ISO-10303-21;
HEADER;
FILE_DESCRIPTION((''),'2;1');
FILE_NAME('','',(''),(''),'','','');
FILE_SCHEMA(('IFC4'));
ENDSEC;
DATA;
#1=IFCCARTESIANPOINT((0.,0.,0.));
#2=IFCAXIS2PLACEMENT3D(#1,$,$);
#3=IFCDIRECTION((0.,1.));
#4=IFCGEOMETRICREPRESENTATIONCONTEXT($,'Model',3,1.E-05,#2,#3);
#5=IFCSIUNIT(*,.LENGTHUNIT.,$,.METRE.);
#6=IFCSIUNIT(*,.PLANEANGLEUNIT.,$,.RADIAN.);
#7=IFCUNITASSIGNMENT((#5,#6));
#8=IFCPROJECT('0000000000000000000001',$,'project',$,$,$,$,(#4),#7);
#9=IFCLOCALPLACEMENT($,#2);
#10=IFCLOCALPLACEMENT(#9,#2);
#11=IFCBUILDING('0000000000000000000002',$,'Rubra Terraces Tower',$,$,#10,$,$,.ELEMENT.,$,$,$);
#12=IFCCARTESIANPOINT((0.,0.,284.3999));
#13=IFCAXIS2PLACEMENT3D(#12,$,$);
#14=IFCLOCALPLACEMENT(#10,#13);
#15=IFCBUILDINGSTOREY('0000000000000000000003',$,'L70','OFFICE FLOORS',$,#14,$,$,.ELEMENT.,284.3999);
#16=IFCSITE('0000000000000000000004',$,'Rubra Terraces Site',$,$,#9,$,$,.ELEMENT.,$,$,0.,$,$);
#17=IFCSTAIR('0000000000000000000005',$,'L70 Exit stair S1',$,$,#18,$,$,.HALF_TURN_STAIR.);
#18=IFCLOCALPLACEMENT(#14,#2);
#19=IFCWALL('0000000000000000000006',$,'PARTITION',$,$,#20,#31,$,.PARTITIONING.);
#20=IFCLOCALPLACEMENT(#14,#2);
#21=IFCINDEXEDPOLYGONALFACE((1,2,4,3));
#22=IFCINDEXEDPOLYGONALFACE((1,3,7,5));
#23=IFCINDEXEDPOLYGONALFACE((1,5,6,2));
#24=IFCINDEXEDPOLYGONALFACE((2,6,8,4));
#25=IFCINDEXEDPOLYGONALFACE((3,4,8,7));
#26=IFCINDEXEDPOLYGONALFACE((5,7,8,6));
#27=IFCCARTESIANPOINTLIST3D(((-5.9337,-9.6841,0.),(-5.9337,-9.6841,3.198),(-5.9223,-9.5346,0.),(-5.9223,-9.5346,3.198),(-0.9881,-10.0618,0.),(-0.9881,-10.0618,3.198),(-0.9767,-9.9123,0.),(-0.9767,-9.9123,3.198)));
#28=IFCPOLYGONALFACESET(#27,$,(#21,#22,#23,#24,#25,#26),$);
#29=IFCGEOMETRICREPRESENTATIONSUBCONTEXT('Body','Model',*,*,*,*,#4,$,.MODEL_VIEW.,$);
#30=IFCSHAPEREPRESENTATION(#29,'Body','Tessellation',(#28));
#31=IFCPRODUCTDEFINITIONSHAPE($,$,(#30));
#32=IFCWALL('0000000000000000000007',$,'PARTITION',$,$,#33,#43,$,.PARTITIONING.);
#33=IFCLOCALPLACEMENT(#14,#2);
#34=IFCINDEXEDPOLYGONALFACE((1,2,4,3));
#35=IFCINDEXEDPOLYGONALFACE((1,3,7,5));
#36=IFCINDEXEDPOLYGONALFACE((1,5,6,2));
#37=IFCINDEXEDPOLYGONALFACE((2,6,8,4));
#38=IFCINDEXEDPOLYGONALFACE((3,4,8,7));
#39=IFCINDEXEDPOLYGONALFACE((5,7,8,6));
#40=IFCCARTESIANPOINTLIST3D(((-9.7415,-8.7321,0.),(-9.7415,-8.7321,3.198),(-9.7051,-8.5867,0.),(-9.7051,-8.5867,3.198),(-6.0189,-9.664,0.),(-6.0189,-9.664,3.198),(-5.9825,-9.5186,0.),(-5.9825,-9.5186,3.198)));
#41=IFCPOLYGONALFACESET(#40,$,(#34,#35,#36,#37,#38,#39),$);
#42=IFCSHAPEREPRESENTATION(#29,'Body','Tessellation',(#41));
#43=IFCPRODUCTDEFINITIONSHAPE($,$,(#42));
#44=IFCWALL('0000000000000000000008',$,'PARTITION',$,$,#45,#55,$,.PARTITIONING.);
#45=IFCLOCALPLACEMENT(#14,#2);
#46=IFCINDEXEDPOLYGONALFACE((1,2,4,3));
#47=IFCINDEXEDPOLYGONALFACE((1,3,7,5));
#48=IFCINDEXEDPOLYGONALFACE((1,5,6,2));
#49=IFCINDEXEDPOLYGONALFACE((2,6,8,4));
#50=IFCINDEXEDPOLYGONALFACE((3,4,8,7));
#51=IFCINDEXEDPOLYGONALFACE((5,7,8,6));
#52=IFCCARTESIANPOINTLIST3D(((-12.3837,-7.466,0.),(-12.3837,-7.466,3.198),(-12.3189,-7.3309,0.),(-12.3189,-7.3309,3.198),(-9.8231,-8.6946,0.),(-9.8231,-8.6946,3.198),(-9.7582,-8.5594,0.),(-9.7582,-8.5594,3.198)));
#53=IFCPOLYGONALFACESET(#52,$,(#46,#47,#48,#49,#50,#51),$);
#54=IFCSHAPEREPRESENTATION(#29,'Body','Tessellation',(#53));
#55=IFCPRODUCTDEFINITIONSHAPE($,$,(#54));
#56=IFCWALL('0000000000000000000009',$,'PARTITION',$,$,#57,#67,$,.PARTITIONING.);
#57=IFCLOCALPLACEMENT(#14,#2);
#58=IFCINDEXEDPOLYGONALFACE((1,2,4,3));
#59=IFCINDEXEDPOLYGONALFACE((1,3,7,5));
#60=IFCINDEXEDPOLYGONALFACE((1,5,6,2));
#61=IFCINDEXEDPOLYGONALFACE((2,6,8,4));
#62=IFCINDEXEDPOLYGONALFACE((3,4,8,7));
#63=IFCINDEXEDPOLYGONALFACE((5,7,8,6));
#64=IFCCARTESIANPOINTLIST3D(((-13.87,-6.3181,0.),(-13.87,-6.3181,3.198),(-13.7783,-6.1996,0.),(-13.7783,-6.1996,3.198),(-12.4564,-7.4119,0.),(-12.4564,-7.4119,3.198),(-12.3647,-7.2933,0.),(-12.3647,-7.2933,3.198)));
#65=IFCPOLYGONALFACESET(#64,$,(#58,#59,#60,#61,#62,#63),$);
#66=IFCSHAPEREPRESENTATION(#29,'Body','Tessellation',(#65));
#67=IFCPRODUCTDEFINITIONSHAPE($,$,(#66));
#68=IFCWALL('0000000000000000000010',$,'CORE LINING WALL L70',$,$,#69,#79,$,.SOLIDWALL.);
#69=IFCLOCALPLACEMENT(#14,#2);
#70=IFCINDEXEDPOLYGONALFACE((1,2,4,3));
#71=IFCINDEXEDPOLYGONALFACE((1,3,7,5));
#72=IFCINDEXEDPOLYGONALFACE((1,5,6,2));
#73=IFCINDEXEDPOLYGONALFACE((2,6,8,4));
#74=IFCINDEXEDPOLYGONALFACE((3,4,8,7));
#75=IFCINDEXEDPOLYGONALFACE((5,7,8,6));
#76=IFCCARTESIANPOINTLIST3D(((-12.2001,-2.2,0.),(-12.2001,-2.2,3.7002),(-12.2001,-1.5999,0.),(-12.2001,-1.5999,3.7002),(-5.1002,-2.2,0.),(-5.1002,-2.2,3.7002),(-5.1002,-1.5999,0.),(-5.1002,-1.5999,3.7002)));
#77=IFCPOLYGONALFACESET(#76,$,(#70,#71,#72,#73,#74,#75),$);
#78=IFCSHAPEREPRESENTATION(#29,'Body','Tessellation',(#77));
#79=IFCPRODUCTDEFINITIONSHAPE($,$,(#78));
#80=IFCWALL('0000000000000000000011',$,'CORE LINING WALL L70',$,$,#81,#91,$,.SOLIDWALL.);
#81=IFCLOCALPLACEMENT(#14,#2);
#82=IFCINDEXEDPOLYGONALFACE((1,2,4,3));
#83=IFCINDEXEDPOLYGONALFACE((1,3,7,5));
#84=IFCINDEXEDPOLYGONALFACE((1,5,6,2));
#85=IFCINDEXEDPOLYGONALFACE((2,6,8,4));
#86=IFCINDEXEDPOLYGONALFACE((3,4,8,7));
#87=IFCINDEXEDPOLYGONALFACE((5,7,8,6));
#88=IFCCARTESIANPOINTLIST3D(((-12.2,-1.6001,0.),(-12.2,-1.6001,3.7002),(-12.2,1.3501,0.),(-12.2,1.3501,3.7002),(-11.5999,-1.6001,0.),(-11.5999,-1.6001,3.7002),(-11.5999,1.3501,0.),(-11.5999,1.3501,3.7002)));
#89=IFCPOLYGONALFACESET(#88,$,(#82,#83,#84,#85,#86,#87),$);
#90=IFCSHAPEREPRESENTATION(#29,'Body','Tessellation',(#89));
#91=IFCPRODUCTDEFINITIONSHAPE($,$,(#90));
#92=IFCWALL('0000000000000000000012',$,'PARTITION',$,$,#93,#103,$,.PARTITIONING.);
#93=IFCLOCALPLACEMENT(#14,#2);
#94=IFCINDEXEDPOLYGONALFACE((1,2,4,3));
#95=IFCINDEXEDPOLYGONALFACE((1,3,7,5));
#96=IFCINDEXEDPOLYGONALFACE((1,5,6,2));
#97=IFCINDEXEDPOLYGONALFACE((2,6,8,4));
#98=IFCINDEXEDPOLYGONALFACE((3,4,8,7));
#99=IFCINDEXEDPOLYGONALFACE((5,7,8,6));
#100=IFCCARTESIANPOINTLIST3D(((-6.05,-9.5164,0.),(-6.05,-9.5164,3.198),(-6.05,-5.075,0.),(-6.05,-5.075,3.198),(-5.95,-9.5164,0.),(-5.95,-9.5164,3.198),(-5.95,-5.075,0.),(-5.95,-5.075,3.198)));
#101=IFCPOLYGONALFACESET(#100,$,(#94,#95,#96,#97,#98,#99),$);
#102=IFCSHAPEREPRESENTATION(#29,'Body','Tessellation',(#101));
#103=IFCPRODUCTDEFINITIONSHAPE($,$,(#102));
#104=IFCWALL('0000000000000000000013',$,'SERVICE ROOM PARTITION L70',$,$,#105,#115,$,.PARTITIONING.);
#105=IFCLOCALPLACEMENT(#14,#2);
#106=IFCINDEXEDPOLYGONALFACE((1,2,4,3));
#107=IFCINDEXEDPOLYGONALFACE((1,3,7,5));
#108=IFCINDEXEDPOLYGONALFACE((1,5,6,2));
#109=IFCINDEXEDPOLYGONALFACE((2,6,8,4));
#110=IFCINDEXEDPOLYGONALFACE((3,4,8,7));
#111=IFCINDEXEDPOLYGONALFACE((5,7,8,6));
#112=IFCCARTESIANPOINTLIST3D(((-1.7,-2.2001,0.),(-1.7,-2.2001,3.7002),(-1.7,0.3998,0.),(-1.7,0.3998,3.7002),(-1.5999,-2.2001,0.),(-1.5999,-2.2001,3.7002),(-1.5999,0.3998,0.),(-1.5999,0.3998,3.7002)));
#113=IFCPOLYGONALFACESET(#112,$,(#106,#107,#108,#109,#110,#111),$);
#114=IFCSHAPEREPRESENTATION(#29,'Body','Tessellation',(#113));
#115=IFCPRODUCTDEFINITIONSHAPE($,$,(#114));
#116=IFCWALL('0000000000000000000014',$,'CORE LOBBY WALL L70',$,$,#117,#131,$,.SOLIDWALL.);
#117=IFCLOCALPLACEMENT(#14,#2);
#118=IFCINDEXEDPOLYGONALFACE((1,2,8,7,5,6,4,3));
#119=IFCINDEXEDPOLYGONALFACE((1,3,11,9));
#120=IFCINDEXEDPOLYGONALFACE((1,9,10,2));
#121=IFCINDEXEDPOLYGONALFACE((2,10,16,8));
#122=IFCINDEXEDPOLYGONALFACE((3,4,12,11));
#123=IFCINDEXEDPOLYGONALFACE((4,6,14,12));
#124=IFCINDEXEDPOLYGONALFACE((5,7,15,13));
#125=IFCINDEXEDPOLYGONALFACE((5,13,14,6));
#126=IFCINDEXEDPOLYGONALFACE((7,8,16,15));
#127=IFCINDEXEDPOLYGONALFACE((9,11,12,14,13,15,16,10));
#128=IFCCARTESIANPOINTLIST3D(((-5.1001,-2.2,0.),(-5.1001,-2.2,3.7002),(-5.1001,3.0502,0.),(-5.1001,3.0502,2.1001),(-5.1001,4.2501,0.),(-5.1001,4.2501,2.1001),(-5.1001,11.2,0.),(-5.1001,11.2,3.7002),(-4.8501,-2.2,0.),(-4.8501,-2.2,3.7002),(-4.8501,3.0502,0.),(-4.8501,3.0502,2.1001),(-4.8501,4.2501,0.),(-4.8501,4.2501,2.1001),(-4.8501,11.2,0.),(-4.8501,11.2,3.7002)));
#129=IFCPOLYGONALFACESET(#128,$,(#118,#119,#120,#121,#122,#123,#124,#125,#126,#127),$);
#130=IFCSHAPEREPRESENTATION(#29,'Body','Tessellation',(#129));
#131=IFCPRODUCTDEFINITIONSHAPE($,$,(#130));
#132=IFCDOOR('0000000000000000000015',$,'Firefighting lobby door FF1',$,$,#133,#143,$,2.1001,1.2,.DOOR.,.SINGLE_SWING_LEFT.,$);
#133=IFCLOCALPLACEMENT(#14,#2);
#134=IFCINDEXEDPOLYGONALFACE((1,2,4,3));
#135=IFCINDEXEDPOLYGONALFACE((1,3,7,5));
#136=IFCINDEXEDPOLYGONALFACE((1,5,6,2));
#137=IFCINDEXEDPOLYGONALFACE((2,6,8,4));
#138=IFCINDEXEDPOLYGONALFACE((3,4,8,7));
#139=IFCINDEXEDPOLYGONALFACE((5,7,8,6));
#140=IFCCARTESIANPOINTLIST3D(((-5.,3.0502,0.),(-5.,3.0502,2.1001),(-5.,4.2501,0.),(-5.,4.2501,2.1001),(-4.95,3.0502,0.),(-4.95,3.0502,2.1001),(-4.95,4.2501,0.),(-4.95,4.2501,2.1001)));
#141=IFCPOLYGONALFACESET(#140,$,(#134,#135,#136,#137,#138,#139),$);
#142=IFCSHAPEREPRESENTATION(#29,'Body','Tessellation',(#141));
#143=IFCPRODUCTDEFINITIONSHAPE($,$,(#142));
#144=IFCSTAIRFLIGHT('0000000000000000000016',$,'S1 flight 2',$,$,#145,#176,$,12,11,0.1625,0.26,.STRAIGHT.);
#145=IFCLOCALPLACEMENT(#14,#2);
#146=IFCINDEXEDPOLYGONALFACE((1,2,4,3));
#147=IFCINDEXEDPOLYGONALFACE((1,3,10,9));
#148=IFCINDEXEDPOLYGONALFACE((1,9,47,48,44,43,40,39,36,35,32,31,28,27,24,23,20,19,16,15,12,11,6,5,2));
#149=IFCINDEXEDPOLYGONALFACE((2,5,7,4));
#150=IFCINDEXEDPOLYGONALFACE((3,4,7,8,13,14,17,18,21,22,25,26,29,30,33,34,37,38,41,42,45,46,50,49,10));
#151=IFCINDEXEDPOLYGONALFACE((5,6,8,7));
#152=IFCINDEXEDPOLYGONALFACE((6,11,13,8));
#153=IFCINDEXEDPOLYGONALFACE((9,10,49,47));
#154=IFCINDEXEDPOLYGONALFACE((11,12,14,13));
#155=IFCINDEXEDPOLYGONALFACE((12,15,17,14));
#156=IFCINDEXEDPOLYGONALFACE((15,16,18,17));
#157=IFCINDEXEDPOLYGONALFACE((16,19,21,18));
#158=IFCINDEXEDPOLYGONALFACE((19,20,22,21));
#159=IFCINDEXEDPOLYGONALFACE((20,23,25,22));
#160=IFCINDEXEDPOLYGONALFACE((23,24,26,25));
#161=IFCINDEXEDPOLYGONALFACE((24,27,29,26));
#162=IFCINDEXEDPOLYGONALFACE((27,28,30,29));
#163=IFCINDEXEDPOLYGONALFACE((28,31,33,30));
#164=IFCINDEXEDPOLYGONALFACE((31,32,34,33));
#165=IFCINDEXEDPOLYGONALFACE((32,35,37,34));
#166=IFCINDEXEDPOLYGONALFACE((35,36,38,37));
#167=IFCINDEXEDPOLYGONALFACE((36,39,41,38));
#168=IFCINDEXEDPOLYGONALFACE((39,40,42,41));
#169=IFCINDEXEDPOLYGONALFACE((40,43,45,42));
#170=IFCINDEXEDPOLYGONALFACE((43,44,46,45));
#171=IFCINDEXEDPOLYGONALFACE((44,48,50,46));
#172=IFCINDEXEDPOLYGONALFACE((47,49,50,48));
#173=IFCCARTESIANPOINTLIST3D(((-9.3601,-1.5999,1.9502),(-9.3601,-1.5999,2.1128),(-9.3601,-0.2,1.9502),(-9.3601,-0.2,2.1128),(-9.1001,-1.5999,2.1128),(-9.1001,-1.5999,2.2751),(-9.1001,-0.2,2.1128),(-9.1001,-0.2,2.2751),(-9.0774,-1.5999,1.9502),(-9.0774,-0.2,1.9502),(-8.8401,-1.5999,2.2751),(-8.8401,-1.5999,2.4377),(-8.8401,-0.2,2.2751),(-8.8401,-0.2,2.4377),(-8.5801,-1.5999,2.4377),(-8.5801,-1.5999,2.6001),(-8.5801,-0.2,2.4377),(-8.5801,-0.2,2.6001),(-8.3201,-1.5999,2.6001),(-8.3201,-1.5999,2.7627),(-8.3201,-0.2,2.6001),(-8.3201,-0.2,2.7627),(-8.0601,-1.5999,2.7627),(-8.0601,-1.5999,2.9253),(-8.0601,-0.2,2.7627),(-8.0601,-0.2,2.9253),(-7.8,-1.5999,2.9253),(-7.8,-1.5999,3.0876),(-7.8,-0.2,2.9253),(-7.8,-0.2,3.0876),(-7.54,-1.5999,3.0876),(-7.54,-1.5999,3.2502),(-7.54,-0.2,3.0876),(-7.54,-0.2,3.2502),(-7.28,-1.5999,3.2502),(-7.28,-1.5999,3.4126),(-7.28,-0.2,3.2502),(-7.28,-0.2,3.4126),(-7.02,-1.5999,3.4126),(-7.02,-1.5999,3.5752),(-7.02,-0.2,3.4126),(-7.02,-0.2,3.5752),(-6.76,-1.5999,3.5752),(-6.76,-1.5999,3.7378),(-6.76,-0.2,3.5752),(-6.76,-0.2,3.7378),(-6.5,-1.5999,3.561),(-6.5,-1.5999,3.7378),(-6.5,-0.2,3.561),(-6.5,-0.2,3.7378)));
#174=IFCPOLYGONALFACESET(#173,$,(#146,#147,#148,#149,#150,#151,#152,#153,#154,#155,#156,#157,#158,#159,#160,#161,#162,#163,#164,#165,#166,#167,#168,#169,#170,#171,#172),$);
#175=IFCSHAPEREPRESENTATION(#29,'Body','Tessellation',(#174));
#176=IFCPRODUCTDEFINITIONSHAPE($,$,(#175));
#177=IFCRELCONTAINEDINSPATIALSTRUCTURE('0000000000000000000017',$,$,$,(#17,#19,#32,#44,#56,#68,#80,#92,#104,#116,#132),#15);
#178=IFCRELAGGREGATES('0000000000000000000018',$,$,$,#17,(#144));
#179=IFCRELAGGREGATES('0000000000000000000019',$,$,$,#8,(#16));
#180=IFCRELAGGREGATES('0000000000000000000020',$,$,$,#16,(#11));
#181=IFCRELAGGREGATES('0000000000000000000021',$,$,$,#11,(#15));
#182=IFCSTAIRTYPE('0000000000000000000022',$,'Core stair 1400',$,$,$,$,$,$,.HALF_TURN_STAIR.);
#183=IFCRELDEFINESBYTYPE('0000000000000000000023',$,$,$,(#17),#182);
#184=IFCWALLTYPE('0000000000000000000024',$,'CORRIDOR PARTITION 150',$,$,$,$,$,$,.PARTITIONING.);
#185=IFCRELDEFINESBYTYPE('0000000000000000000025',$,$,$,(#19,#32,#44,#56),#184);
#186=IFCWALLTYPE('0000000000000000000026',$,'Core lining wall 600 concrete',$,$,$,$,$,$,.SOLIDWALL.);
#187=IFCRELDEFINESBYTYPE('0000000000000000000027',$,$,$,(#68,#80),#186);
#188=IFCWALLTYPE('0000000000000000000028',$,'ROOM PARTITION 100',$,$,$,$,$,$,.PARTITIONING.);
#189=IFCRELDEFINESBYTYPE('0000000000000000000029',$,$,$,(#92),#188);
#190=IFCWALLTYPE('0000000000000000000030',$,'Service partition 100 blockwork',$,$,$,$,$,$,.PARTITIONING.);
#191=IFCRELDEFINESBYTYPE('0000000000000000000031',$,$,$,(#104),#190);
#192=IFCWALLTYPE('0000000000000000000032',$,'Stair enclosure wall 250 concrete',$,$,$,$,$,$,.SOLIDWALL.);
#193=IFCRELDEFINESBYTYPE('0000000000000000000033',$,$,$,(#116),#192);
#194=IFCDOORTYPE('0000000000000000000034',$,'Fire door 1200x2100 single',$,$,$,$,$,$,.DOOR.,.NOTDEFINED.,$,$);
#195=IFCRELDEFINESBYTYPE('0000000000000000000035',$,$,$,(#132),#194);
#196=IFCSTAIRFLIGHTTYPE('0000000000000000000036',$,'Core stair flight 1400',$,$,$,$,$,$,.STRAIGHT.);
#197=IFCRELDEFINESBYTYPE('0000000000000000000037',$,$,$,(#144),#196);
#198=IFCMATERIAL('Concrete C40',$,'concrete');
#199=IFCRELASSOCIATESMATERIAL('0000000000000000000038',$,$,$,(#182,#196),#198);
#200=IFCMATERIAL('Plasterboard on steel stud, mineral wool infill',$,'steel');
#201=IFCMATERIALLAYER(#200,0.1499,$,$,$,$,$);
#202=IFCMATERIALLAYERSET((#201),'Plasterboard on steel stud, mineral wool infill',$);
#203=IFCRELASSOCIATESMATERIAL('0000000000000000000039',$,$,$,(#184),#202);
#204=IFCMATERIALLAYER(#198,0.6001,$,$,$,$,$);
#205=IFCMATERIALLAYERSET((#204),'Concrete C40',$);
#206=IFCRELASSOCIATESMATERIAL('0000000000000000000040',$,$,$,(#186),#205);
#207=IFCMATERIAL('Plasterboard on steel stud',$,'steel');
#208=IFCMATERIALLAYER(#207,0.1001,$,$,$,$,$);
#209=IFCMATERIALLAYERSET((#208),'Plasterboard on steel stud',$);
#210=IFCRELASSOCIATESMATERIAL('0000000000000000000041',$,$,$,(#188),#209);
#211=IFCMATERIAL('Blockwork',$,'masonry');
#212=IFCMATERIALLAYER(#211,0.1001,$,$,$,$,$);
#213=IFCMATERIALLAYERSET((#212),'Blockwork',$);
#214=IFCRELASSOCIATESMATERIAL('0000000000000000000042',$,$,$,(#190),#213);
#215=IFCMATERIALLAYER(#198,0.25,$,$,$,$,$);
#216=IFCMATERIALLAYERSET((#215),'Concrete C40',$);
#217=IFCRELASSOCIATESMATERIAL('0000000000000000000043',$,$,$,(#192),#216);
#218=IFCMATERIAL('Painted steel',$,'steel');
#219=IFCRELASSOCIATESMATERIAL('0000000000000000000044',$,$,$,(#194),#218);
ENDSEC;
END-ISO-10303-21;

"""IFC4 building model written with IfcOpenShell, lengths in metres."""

from ifc_helpers import new_model, si_unit, direction, frame, frame_2d, origin, place, context, subcontext, project, spatial, polyline, rectangle, outline, extrude, material, layer, layer_set, type_object, element, fill, aggregate, save


model = new_model("IFC4")

# Units and contexts
model_context = context("Model", 3, precision=1e-05, world=origin(), true_north=direction((0.0, 1.0)))
body_context = subcontext(model_context, "Body", "Model", "MODEL_VIEW")
ifc_project = project(units=[si_unit("LENGTHUNIT", "METRE"), si_unit("PLANEANGLEUNIT", "RADIAN")], contexts=[model_context])

# Site, building, storey
site_placement = place(None, origin())
site = spatial("IfcSite", under=ifc_project, at=site_placement, Name="Rubra Terraces Site", CompositionType="ELEMENT", RefElevation=0.0)
building_placement = place(site_placement, origin())
building = spatial("IfcBuilding", under=site, at=building_placement, Name="Rubra Terraces Tower", CompositionType="ELEMENT")
storey_placement = place(building_placement, frame((0.0, 0.0, 284.3999)))
storey = spatial("IfcBuildingStorey", under=building, at=storey_placement, Name="L70", Description="OFFICE FLOORS", CompositionType="ELEMENT", Elevation=284.3999)

# Shared definitions
ifc_material_1 = material(Name="Concrete C40", Category="concrete")

# Stair
stair_type = type_object("IfcStairType", Name="Core stair 1400", PredefinedType="HALF_TURN_STAIR", material=ifc_material_1)
stair_1_placement = place(storey_placement, origin())
stair_1 = element("IfcStair", 1, at=stair_1_placement, inside=storey, type_object=stair_type, Name="L70 Exit stair S1", PredefinedType="HALF_TURN_STAIR")

# Walls
ifc_material_2 = material(Name="Plasterboard on steel stud, mineral wool infill", Category="steel")
ifc_layer_1 = layer(ifc_material_2, 0.1499)
ifc_layer_set_1 = layer_set([ifc_layer_1], Name="Plasterboard on steel stud, mineral wool infill")
wall_type_1 = type_object("IfcWallType", Name="CORRIDOR PARTITION 150", PredefinedType="PARTITIONING", material=ifc_layer_set_1)
wall_1_placement = place(storey_placement, frame((-0.9824, -9.9871, 0.0), z_axis=(0.0, 0.0, 1.0), x_axis=(-0.997097, 0.076147, 0.0)))
element("IfcWall", 2, at=wall_1_placement, inside=storey, type_object=wall_type_1, Name="PARTITION", PredefinedType="PARTITIONING", context=body_context, shape_type="SweptSolid", body=[
    extrude(rectangle(XDim=4.96, YDim=0.1499, at=frame_2d((2.48, 0.0))), origin(), (0.0, 0.0, 1.0), 3.198),
])
wall_2_placement = place(storey_placement, frame((-6.0007, -9.5913, 0.0), z_axis=(0.0, 0.0, 1.0), x_axis=(-0.970064, 0.24285, 0.0)))
element("IfcWall", 3, at=wall_2_placement, inside=storey, type_object=wall_type_1, Name="PARTITION", PredefinedType="PARTITIONING", context=body_context, shape_type="SweptSolid", body=[
    extrude(rectangle(XDim=3.8374, YDim=0.1499, at=frame_2d((1.9187, 0.0))), origin(), (0.0, 0.0, 1.0), 3.198),
])
wall_3_placement = place(storey_placement, frame((-9.7908, -8.627, 0.0), z_axis=(0.0, 0.0, 1.0), x_axis=(-0.901598, 0.432575, 0.0)))
element("IfcWall", 4, at=wall_3_placement, inside=storey, type_object=wall_type_1, Name="PARTITION", PredefinedType="PARTITIONING", context=body_context, shape_type="SweptSolid", body=[
    extrude(rectangle(XDim=2.8401, YDim=0.1499, at=frame_2d((1.4199, 0.0))), origin(), (0.0, 0.0, 1.0), 3.198),
])
wall_4_placement = place(storey_placement, frame((-12.4106, -7.3525, 0.0), z_axis=(0.0, 0.0, 1.0), x_axis=(-0.790894, 0.611953, 0.0)))
element("IfcWall", 5, at=wall_4_placement, inside=storey, type_object=wall_type_1, Name="PARTITION", PredefinedType="PARTITIONING", context=body_context, shape_type="SweptSolid", body=[
    extrude(rectangle(XDim=1.7874, YDim=0.1499, at=frame_2d((0.8936, 0.0))), origin(), (0.0, 0.0, 1.0), 3.198),
])
ifc_layer_2 = layer(ifc_material_1, 0.6001)
ifc_layer_set_2 = layer_set([ifc_layer_2], Name="Concrete C40")
wall_type_2 = type_object("IfcWallType", Name="Core lining wall 600 concrete", PredefinedType="SOLIDWALL", material=ifc_layer_set_2)
wall_5_placement = place(storey_placement, frame((-12.2, -1.8999, 0.0), z_axis=(0.0, 0.0, 1.0), x_axis=(1.0, 0.0, 0.0)))
element("IfcWall", 6, at=wall_5_placement, inside=storey, type_object=wall_type_2, Name="CORE LINING WALL L70", PredefinedType="SOLIDWALL", context=body_context, shape_type="SweptSolid", body=[
    extrude(rectangle(XDim=7.0999, YDim=0.6001, at=frame_2d((3.5498, 0.0))), origin(), (0.0, 0.0, 1.0), 3.7002),
])
wall_6_placement = place(storey_placement, frame((-11.8999, -1.6001, 0.0), z_axis=(0.0, 0.0, 1.0), x_axis=(0.0, 1.0, 0.0)))
element("IfcWall", 7, at=wall_6_placement, inside=storey, type_object=wall_type_2, Name="CORE LINING WALL L70", PredefinedType="SOLIDWALL", context=body_context, shape_type="SweptSolid", body=[
    extrude(rectangle(XDim=2.9502, YDim=0.6001, at=frame_2d((1.4751, 0.0))), origin(), (0.0, 0.0, 1.0), 3.7002),
])
ifc_material_3 = material(Name="Plasterboard on steel stud", Category="steel")
ifc_layer_3 = layer(ifc_material_3, 0.1001)
ifc_layer_set_3 = layer_set([ifc_layer_3], Name="Plasterboard on steel stud")
wall_type_3 = type_object("IfcWallType", Name="ROOM PARTITION 100", PredefinedType="PARTITIONING", material=ifc_layer_set_3)
wall_7_placement = place(storey_placement, frame((-6.0, -9.5164, 0.0), z_axis=(0.0, 0.0, 1.0), x_axis=(0.0, 1.0, 0.0)))
element("IfcWall", 8, at=wall_7_placement, inside=storey, type_object=wall_type_3, Name="PARTITION", PredefinedType="PARTITIONING", context=body_context, shape_type="SweptSolid", body=[
    extrude(rectangle(XDim=4.4414, YDim=0.1001, at=frame_2d((2.2207, 0.0))), origin(), (0.0, 0.0, 1.0), 3.198),
])
ifc_material_4 = material(Name="Blockwork", Category="masonry")
ifc_layer_4 = layer(ifc_material_4, 0.1001)
ifc_layer_set_4 = layer_set([ifc_layer_4], Name="Blockwork")
wall_type_4 = type_object("IfcWallType", Name="Service partition 100 blockwork", PredefinedType="PARTITIONING", material=ifc_layer_set_4)
wall_8_placement = place(storey_placement, frame((-1.6499, -2.2, 0.0), z_axis=(0.0, 0.0, 1.0), x_axis=(0.0, 1.0, 0.0)))
element("IfcWall", 9, at=wall_8_placement, inside=storey, type_object=wall_type_4, Name="SERVICE ROOM PARTITION L70", PredefinedType="PARTITIONING", context=body_context, shape_type="SweptSolid", body=[
    extrude(rectangle(XDim=2.5999, YDim=0.1001, at=frame_2d((1.2998, 0.0))), origin(), (0.0, 0.0, 1.0), 3.7002),
])

# Wall, opening, door
ifc_layer_5 = layer(ifc_material_1, 0.25)
ifc_layer_set_5 = layer_set([ifc_layer_5], Name="Concrete C40")
wall_type_5 = type_object("IfcWallType", Name="Stair enclosure wall 250 concrete", PredefinedType="SOLIDWALL", material=ifc_layer_set_5)
wall_9_placement = place(storey_placement, frame((-4.9751, -2.2, 0.0), z_axis=(0.0, 0.0, 1.0), x_axis=(0.0, 1.0, 0.0)))
wall_9 = element("IfcWall", 10, at=wall_9_placement, inside=storey, type_object=wall_type_5, Name="CORE LOBBY WALL L70", PredefinedType="SOLIDWALL", context=body_context, shape_type="SweptSolid", body=[
    extrude(rectangle(XDim=13.3999, YDim=0.25, at=frame_2d((6.7, 0.0))), origin(), (0.0, 0.0, 1.0), 3.7002),
])
opening_placement = place(wall_9_placement, frame((5.25, 0.0, 0.0)))
opening = element("IfcOpeningElement", 11, at=opening_placement, cuts=wall_9, PredefinedType="OPENING", context=body_context, shape_type="SweptSolid", body=[
    extrude(rectangle(XDim=1.2, YDim=2.1001, at=frame_2d((0.6001, 1.05))), frame((0.0, 0.135, 0.0), z_axis=(0.0, -1.0, 0.0), x_axis=(1.0, 0.0, 0.0)), (0.0, 0.0, 1.0), 0.27),
])
ifc_material_5 = material(Name="Painted steel", Category="steel")
door_type = type_object("IfcDoorType", Name="Fire door 1200x2100 single", OperationType="NOTDEFINED", PredefinedType="DOOR", material=ifc_material_5)
door_placement = place(opening_placement, origin())
door = element("IfcDoor", 12, at=door_placement, inside=storey, type_object=door_type, Name="Firefighting lobby door FF1", OperationType="SINGLE_SWING_LEFT", OverallHeight=2.1001, OverallWidth=1.2, PredefinedType="DOOR", context=body_context, shape_type="SweptSolid", body=[
    extrude(rectangle(XDim=1.2, YDim=2.1001, at=frame_2d((0.6001, 1.05))), frame((0.0, 0.0249, 0.0), z_axis=(0.0, -1.0, 0.0), x_axis=(1.0, 0.0, 0.0)), (0.0, 0.0, 1.0), 0.05),
])
fill(opening, door)

# Stair flight
stair_flight_type = type_object("IfcStairFlightType", Name="Core stair flight 1400", PredefinedType="STRAIGHT", material=ifc_material_1)
stair_flight_placement = place(storey_placement, frame((-9.3601, -0.8999, 1.9502), z_axis=(0.0, 0.0, 1.0), x_axis=(1.0, 0.0, 0.0)))
stair_flight = element("IfcStairFlight", 13, at=stair_flight_placement, type_object=stair_flight_type, Name="S1 flight 2", NumberOfRisers=12, NumberOfTreads=11, PredefinedType="STRAIGHT", RiserHeight=0.1625, TreadLength=0.26, context=body_context, shape_type="SweptSolid", body=[
    extrude(outline(polyline([(0.0, 0.0), (0.0, 0.1626), (0.26, 0.1626), (0.26, 0.325), (0.52, 0.325), (0.52, 0.4875), (0.78, 0.4875), (0.78, 0.6499), (1.04, 0.6499), (1.04, 0.8125), (1.3, 0.8125), (1.3, 0.9751), (1.5601, 0.9751), (1.5601, 1.1375), (1.8201, 1.1375), (1.8201, 1.3), (2.0801, 1.3), (2.0801, 1.4624), (2.3401, 1.4624), (2.3401, 1.625), (2.6001, 1.625), (2.6001, 1.7876), (2.8601, 1.7876), (2.8601, 1.95), (2.8601, 1.6108), (0.2827, 0.0), (0.0, 0.0)])), frame((0.0, 0.7, 0.0), z_axis=(0.0, -1.0, 0.0), x_axis=(1.0, 0.0, 0.0)), (0.0, 0.0, 1.0), 1.3999),
])
aggregate(stair_1, [stair_flight])

save(model, "model.ifc")
